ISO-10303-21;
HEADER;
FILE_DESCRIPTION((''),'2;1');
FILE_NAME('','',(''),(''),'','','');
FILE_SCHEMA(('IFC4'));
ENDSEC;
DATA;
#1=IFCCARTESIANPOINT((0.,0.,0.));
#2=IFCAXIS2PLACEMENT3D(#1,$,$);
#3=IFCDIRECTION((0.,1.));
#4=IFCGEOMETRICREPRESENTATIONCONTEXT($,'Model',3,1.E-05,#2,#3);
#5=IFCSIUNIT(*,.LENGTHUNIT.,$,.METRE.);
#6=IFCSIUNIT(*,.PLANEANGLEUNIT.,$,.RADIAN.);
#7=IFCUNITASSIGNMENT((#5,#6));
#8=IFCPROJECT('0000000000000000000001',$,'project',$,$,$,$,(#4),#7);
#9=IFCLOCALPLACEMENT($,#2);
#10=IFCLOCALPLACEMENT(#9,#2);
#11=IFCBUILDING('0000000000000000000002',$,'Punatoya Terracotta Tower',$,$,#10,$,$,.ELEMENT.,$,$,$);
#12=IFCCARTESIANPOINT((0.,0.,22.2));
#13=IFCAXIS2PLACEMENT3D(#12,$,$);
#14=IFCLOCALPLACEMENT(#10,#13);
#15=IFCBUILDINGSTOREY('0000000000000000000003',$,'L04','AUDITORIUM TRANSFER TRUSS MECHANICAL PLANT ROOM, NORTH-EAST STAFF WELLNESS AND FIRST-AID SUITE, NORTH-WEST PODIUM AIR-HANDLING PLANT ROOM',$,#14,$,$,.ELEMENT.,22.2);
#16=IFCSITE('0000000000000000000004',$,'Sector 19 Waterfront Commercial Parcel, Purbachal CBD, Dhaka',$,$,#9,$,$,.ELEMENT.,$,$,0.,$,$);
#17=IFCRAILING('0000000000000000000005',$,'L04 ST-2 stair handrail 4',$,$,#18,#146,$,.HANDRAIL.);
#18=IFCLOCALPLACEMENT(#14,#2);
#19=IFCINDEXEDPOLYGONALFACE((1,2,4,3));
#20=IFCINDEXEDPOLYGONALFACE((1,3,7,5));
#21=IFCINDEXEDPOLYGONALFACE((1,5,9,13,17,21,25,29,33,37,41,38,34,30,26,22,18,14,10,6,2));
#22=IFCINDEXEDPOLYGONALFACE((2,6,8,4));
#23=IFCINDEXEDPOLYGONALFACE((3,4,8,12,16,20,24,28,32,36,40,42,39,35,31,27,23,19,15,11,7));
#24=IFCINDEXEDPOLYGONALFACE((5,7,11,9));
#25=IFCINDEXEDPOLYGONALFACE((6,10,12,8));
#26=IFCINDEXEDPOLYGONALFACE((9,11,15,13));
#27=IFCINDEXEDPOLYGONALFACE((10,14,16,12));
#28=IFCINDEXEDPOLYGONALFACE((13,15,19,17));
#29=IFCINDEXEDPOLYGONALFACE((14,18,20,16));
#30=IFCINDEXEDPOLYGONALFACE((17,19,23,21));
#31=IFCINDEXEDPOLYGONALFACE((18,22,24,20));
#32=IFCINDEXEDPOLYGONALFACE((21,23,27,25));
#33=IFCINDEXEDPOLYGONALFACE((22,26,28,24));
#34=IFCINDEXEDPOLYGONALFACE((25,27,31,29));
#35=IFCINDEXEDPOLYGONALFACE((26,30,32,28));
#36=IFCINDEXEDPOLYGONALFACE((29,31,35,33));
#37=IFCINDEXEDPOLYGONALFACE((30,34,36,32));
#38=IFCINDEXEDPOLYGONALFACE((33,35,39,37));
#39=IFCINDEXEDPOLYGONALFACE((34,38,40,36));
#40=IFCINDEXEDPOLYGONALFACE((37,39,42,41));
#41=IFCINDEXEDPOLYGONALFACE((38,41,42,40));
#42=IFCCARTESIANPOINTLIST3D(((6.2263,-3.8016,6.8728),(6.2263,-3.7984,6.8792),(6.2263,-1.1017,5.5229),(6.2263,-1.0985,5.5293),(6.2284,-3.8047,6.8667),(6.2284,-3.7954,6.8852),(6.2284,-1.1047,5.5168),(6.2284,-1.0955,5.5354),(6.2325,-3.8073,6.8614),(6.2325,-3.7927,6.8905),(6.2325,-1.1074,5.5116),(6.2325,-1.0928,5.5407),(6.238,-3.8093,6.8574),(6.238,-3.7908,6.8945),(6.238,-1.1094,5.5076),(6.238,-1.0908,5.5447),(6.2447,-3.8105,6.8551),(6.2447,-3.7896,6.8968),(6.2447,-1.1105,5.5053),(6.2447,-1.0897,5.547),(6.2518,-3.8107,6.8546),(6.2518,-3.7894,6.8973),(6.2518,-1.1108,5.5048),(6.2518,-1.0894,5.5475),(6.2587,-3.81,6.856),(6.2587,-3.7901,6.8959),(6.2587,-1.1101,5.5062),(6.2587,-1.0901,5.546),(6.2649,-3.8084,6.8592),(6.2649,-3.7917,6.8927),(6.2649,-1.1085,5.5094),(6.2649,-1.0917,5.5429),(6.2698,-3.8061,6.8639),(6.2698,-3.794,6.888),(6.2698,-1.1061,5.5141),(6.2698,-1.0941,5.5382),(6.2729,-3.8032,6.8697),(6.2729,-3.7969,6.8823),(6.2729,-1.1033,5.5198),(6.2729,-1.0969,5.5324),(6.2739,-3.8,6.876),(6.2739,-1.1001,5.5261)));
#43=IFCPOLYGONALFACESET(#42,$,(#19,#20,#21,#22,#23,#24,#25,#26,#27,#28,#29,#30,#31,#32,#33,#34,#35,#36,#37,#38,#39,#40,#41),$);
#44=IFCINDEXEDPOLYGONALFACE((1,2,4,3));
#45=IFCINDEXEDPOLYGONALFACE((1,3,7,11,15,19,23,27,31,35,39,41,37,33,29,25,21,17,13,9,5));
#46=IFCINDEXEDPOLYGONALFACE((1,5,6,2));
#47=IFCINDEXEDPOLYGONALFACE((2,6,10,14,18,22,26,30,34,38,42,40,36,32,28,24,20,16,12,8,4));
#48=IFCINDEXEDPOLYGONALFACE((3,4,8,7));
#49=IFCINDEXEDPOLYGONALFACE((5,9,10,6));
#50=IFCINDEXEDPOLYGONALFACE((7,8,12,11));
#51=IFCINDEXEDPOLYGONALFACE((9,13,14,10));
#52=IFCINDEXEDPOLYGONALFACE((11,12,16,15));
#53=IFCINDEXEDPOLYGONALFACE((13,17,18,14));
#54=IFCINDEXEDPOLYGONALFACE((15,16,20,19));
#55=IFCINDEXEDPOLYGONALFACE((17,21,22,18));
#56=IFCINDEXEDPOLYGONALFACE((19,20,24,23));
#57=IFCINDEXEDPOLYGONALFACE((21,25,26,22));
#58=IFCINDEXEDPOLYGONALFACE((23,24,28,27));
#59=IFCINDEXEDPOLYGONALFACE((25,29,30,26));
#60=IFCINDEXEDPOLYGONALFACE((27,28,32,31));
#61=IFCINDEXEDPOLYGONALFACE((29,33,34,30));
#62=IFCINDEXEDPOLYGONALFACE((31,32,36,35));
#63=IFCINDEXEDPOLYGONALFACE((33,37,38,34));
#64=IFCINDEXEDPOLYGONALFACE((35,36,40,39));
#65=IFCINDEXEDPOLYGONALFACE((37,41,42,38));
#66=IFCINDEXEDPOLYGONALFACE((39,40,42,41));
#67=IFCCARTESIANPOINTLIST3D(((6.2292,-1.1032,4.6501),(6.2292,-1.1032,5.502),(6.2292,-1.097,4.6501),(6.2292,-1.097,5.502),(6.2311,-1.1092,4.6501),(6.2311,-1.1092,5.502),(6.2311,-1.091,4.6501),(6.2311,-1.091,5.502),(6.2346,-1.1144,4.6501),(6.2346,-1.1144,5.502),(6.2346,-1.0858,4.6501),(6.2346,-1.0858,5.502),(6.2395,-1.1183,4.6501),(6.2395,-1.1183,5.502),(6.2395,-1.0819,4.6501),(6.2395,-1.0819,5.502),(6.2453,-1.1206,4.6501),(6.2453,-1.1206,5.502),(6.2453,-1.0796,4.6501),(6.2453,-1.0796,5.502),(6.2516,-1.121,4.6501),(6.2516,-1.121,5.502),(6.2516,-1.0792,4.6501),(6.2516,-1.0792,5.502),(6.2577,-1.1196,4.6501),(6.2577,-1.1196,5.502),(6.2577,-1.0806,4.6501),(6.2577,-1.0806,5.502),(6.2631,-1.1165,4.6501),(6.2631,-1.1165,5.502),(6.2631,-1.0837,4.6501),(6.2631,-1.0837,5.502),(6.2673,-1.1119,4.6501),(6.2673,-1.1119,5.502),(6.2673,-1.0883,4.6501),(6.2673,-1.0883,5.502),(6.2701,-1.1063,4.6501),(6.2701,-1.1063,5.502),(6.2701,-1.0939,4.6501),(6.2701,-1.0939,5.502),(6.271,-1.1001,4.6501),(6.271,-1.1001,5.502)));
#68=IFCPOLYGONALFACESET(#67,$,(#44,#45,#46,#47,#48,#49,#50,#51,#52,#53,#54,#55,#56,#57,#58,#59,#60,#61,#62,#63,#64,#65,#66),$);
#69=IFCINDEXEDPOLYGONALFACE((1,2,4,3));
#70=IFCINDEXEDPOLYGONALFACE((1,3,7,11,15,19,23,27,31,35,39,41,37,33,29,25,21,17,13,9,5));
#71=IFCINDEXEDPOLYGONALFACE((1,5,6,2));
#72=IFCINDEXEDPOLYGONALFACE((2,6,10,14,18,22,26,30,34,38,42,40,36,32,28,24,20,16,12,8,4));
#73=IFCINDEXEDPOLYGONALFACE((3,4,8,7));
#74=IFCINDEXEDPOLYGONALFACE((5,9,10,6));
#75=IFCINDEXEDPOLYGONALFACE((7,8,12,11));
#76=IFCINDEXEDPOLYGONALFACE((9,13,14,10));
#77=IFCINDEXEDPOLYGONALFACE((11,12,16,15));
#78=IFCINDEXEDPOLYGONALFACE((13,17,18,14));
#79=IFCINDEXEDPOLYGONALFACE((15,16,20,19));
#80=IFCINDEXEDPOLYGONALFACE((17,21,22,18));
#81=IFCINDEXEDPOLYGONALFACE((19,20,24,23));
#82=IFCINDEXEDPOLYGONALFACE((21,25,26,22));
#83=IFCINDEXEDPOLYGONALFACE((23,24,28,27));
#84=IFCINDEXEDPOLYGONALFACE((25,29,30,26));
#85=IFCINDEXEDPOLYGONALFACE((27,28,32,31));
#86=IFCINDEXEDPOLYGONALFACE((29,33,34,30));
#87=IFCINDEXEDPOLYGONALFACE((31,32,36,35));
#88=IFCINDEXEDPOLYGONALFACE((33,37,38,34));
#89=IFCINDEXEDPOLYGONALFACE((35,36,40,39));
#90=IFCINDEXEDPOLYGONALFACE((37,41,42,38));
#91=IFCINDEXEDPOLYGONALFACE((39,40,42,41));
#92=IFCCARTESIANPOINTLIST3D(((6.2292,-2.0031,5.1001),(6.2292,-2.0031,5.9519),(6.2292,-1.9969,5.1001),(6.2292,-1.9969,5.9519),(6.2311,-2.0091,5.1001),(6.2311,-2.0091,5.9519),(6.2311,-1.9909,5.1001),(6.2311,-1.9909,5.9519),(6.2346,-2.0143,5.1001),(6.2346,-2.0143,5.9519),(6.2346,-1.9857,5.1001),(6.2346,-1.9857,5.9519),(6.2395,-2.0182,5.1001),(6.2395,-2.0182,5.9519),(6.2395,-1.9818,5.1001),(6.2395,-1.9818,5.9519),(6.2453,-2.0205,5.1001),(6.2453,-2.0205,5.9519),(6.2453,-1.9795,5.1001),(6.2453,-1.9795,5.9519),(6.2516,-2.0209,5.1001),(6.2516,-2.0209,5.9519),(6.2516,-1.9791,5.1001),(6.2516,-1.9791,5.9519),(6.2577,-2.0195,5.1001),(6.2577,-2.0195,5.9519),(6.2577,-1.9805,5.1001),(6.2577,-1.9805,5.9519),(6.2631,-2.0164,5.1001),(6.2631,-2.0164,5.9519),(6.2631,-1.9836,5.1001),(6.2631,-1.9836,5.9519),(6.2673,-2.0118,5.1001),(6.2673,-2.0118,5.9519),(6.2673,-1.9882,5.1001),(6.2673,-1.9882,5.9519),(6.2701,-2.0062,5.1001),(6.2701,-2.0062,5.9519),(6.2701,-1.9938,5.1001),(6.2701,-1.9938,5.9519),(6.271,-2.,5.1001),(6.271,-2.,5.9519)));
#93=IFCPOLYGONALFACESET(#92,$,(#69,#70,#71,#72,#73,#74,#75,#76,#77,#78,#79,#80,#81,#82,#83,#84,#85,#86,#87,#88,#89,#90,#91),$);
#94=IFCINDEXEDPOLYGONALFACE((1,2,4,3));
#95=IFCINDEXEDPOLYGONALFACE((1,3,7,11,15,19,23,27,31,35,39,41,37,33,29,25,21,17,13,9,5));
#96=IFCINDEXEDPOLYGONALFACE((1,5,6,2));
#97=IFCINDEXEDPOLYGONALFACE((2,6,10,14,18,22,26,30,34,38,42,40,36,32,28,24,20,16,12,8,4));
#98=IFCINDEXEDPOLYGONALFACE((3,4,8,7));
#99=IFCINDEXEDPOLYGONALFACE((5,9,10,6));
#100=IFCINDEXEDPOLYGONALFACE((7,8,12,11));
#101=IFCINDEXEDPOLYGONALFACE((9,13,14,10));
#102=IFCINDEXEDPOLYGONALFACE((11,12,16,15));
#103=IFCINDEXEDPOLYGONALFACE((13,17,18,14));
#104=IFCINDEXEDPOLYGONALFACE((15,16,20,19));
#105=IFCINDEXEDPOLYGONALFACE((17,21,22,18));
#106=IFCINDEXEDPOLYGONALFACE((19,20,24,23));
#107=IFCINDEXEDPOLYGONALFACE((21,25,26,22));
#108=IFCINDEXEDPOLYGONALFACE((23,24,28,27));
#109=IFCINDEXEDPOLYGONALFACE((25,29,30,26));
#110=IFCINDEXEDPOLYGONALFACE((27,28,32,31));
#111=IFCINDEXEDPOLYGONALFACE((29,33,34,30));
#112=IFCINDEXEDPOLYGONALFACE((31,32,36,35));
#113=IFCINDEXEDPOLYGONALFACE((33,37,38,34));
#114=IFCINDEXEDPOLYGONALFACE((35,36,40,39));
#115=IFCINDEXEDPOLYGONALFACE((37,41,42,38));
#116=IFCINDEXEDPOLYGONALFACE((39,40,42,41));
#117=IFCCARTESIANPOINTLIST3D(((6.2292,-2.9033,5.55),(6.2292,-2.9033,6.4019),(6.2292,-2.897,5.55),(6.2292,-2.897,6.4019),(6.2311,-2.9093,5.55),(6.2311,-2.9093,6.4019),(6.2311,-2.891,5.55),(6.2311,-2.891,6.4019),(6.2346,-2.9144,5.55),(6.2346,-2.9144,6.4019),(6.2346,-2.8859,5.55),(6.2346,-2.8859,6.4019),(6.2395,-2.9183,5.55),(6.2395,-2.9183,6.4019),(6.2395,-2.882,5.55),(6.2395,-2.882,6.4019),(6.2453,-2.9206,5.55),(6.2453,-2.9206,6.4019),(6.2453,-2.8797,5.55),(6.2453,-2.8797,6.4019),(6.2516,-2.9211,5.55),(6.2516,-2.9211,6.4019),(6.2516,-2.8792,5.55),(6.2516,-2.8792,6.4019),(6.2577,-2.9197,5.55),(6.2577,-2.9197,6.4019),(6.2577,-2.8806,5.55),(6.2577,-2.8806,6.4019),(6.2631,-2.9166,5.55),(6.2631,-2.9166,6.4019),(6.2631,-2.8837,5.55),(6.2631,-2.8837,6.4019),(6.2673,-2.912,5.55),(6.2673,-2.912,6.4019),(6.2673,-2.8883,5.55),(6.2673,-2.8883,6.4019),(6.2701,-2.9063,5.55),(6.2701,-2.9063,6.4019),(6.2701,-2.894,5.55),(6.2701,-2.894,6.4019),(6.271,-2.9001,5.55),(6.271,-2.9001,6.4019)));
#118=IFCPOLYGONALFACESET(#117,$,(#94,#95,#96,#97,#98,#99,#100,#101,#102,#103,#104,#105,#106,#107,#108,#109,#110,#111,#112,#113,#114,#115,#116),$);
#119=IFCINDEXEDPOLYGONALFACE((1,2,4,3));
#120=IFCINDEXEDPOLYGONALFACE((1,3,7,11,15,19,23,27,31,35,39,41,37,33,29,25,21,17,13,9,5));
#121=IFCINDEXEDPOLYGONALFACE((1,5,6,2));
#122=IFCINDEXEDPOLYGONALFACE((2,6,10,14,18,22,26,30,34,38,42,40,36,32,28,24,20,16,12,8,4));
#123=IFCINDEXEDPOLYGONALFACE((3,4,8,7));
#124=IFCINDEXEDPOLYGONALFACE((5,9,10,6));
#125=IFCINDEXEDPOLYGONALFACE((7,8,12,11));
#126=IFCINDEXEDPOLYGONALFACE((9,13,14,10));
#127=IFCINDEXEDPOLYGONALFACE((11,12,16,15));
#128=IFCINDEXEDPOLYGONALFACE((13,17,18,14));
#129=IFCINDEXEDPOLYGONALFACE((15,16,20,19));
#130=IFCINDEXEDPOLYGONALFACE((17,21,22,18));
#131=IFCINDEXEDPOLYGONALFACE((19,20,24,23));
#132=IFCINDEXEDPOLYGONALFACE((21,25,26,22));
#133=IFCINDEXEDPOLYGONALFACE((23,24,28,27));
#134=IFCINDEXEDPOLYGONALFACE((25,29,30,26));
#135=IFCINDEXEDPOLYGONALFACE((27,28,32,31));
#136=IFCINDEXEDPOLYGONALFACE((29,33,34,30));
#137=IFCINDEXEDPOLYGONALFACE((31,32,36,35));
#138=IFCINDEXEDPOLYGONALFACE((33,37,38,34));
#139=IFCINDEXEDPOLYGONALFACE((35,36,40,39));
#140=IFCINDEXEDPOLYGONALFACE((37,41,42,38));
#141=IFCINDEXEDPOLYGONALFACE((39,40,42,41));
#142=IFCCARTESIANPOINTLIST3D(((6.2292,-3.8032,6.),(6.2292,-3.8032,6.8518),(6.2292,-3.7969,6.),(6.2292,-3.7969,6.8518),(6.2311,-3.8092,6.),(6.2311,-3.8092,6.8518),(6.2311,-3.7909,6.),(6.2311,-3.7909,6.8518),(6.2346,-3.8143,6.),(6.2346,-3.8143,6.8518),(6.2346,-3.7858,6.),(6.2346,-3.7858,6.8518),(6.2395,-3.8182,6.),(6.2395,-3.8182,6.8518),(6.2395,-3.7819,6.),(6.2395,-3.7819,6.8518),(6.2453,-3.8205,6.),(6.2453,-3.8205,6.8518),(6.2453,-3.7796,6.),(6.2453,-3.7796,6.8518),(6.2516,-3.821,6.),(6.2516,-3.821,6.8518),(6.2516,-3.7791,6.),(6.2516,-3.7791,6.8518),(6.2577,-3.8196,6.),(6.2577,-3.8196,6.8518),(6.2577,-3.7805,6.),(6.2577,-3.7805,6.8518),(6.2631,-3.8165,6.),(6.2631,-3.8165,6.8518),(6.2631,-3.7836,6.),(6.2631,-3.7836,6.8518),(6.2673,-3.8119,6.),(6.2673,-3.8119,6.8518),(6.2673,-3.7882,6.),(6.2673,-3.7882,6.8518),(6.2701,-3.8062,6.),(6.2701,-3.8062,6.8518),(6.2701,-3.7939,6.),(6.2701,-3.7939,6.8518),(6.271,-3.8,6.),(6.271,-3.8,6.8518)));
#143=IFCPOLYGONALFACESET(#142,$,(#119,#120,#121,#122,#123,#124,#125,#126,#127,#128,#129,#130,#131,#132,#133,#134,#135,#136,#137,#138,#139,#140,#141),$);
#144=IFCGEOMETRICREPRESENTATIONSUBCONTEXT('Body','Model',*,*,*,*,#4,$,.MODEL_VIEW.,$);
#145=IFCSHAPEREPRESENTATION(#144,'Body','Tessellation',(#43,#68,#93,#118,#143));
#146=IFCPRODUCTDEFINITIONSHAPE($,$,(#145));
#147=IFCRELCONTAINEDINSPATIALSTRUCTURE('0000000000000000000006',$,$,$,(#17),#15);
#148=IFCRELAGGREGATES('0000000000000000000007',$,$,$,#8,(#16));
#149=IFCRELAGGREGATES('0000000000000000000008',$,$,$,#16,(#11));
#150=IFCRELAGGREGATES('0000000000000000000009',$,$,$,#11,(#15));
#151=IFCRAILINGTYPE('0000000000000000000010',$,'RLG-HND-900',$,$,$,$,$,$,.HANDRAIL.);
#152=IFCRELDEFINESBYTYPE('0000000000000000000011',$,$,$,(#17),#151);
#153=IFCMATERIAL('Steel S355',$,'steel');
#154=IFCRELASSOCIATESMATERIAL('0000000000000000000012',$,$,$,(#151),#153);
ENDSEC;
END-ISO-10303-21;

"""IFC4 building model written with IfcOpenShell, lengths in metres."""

from ifc_helpers import new_model, si_unit, direction, frame, origin, origin_2d, place, context, subcontext, project, spatial, circle, extrude, material, type_object, element, save


model = new_model("IFC4")

# Units and contexts
model_context = context("Model", 3, precision=1e-05, world=origin(), true_north=direction((0.0, 1.0)))
body_context = subcontext(model_context, "Body", "Model", "MODEL_VIEW")
ifc_project = project(units=[si_unit("LENGTHUNIT", "METRE"), si_unit("PLANEANGLEUNIT", "RADIAN")], contexts=[model_context])

# Site, building, storey
site_placement = place(None, origin())
site = spatial("IfcSite", under=ifc_project, at=site_placement, Name="Sector 19 Waterfront Commercial Parcel, Purbachal CBD, Dhaka", CompositionType="ELEMENT", RefElevation=0.0)
building_placement = place(site_placement, origin())
building = spatial("IfcBuilding", under=site, at=building_placement, Name="Punatoya Terracotta Tower", CompositionType="ELEMENT")
storey_placement = place(building_placement, frame((0.0, 0.0, 22.2)))
storey = spatial("IfcBuildingStorey", under=building, at=storey_placement, Name="L04", Description="AUDITORIUM TRANSFER TRUSS MECHANICAL PLANT ROOM, NORTH-EAST STAFF WELLNESS AND FIRST-AID SUITE, NORTH-WEST PODIUM AIR-HANDLING PLANT ROOM", CompositionType="ELEMENT", Elevation=22.2)

# Shared definitions
ifc_material_1 = material(Name="Steel S355", Category="steel")

# Railing
railing_type_1 = type_object("IfcRailingType", Name="RLG-HND-900", PredefinedType="HANDRAIL", material=ifc_material_1)
for number, where, name in (
    (1, (6.25, -1.1001, 4.6501), "L04 ST-2 stair handrail 4"),
):
    element("IfcRailing", number, at=place(storey_placement, frame(where)), inside=storey, type_object=railing_type_1, Name=name, PredefinedType="HANDRAIL", context=body_context, shape_type="SweptSolid", body=[
        extrude(circle(Radius=0.0239, at=origin_2d()), frame((0.0, 0.0, 0.876), z_axis=(0.0, -0.894443, 0.447181), x_axis=(1.0, 0.0, 0.0)), (0.0, 0.0, 1.0), 3.0186),
        extrude(circle(Radius=0.021, at=origin_2d()), origin(), (0.0, 0.0, 1.0), 0.8518),
        extrude(circle(Radius=0.021, at=origin_2d()), frame((0.0, -0.8999, 0.45)), (0.0, 0.0, 1.0), 0.8518),
        extrude(circle(Radius=0.021, at=origin_2d()), frame((0.0, -1.8, 0.8999)), (0.0, 0.0, 1.0), 0.8518),
        extrude(circle(Radius=0.021, at=origin_2d()), frame((0.0, -2.7, 1.3499)), (0.0, 0.0, 1.0), 0.8518),
    ])

save(model, "model.ifc")
